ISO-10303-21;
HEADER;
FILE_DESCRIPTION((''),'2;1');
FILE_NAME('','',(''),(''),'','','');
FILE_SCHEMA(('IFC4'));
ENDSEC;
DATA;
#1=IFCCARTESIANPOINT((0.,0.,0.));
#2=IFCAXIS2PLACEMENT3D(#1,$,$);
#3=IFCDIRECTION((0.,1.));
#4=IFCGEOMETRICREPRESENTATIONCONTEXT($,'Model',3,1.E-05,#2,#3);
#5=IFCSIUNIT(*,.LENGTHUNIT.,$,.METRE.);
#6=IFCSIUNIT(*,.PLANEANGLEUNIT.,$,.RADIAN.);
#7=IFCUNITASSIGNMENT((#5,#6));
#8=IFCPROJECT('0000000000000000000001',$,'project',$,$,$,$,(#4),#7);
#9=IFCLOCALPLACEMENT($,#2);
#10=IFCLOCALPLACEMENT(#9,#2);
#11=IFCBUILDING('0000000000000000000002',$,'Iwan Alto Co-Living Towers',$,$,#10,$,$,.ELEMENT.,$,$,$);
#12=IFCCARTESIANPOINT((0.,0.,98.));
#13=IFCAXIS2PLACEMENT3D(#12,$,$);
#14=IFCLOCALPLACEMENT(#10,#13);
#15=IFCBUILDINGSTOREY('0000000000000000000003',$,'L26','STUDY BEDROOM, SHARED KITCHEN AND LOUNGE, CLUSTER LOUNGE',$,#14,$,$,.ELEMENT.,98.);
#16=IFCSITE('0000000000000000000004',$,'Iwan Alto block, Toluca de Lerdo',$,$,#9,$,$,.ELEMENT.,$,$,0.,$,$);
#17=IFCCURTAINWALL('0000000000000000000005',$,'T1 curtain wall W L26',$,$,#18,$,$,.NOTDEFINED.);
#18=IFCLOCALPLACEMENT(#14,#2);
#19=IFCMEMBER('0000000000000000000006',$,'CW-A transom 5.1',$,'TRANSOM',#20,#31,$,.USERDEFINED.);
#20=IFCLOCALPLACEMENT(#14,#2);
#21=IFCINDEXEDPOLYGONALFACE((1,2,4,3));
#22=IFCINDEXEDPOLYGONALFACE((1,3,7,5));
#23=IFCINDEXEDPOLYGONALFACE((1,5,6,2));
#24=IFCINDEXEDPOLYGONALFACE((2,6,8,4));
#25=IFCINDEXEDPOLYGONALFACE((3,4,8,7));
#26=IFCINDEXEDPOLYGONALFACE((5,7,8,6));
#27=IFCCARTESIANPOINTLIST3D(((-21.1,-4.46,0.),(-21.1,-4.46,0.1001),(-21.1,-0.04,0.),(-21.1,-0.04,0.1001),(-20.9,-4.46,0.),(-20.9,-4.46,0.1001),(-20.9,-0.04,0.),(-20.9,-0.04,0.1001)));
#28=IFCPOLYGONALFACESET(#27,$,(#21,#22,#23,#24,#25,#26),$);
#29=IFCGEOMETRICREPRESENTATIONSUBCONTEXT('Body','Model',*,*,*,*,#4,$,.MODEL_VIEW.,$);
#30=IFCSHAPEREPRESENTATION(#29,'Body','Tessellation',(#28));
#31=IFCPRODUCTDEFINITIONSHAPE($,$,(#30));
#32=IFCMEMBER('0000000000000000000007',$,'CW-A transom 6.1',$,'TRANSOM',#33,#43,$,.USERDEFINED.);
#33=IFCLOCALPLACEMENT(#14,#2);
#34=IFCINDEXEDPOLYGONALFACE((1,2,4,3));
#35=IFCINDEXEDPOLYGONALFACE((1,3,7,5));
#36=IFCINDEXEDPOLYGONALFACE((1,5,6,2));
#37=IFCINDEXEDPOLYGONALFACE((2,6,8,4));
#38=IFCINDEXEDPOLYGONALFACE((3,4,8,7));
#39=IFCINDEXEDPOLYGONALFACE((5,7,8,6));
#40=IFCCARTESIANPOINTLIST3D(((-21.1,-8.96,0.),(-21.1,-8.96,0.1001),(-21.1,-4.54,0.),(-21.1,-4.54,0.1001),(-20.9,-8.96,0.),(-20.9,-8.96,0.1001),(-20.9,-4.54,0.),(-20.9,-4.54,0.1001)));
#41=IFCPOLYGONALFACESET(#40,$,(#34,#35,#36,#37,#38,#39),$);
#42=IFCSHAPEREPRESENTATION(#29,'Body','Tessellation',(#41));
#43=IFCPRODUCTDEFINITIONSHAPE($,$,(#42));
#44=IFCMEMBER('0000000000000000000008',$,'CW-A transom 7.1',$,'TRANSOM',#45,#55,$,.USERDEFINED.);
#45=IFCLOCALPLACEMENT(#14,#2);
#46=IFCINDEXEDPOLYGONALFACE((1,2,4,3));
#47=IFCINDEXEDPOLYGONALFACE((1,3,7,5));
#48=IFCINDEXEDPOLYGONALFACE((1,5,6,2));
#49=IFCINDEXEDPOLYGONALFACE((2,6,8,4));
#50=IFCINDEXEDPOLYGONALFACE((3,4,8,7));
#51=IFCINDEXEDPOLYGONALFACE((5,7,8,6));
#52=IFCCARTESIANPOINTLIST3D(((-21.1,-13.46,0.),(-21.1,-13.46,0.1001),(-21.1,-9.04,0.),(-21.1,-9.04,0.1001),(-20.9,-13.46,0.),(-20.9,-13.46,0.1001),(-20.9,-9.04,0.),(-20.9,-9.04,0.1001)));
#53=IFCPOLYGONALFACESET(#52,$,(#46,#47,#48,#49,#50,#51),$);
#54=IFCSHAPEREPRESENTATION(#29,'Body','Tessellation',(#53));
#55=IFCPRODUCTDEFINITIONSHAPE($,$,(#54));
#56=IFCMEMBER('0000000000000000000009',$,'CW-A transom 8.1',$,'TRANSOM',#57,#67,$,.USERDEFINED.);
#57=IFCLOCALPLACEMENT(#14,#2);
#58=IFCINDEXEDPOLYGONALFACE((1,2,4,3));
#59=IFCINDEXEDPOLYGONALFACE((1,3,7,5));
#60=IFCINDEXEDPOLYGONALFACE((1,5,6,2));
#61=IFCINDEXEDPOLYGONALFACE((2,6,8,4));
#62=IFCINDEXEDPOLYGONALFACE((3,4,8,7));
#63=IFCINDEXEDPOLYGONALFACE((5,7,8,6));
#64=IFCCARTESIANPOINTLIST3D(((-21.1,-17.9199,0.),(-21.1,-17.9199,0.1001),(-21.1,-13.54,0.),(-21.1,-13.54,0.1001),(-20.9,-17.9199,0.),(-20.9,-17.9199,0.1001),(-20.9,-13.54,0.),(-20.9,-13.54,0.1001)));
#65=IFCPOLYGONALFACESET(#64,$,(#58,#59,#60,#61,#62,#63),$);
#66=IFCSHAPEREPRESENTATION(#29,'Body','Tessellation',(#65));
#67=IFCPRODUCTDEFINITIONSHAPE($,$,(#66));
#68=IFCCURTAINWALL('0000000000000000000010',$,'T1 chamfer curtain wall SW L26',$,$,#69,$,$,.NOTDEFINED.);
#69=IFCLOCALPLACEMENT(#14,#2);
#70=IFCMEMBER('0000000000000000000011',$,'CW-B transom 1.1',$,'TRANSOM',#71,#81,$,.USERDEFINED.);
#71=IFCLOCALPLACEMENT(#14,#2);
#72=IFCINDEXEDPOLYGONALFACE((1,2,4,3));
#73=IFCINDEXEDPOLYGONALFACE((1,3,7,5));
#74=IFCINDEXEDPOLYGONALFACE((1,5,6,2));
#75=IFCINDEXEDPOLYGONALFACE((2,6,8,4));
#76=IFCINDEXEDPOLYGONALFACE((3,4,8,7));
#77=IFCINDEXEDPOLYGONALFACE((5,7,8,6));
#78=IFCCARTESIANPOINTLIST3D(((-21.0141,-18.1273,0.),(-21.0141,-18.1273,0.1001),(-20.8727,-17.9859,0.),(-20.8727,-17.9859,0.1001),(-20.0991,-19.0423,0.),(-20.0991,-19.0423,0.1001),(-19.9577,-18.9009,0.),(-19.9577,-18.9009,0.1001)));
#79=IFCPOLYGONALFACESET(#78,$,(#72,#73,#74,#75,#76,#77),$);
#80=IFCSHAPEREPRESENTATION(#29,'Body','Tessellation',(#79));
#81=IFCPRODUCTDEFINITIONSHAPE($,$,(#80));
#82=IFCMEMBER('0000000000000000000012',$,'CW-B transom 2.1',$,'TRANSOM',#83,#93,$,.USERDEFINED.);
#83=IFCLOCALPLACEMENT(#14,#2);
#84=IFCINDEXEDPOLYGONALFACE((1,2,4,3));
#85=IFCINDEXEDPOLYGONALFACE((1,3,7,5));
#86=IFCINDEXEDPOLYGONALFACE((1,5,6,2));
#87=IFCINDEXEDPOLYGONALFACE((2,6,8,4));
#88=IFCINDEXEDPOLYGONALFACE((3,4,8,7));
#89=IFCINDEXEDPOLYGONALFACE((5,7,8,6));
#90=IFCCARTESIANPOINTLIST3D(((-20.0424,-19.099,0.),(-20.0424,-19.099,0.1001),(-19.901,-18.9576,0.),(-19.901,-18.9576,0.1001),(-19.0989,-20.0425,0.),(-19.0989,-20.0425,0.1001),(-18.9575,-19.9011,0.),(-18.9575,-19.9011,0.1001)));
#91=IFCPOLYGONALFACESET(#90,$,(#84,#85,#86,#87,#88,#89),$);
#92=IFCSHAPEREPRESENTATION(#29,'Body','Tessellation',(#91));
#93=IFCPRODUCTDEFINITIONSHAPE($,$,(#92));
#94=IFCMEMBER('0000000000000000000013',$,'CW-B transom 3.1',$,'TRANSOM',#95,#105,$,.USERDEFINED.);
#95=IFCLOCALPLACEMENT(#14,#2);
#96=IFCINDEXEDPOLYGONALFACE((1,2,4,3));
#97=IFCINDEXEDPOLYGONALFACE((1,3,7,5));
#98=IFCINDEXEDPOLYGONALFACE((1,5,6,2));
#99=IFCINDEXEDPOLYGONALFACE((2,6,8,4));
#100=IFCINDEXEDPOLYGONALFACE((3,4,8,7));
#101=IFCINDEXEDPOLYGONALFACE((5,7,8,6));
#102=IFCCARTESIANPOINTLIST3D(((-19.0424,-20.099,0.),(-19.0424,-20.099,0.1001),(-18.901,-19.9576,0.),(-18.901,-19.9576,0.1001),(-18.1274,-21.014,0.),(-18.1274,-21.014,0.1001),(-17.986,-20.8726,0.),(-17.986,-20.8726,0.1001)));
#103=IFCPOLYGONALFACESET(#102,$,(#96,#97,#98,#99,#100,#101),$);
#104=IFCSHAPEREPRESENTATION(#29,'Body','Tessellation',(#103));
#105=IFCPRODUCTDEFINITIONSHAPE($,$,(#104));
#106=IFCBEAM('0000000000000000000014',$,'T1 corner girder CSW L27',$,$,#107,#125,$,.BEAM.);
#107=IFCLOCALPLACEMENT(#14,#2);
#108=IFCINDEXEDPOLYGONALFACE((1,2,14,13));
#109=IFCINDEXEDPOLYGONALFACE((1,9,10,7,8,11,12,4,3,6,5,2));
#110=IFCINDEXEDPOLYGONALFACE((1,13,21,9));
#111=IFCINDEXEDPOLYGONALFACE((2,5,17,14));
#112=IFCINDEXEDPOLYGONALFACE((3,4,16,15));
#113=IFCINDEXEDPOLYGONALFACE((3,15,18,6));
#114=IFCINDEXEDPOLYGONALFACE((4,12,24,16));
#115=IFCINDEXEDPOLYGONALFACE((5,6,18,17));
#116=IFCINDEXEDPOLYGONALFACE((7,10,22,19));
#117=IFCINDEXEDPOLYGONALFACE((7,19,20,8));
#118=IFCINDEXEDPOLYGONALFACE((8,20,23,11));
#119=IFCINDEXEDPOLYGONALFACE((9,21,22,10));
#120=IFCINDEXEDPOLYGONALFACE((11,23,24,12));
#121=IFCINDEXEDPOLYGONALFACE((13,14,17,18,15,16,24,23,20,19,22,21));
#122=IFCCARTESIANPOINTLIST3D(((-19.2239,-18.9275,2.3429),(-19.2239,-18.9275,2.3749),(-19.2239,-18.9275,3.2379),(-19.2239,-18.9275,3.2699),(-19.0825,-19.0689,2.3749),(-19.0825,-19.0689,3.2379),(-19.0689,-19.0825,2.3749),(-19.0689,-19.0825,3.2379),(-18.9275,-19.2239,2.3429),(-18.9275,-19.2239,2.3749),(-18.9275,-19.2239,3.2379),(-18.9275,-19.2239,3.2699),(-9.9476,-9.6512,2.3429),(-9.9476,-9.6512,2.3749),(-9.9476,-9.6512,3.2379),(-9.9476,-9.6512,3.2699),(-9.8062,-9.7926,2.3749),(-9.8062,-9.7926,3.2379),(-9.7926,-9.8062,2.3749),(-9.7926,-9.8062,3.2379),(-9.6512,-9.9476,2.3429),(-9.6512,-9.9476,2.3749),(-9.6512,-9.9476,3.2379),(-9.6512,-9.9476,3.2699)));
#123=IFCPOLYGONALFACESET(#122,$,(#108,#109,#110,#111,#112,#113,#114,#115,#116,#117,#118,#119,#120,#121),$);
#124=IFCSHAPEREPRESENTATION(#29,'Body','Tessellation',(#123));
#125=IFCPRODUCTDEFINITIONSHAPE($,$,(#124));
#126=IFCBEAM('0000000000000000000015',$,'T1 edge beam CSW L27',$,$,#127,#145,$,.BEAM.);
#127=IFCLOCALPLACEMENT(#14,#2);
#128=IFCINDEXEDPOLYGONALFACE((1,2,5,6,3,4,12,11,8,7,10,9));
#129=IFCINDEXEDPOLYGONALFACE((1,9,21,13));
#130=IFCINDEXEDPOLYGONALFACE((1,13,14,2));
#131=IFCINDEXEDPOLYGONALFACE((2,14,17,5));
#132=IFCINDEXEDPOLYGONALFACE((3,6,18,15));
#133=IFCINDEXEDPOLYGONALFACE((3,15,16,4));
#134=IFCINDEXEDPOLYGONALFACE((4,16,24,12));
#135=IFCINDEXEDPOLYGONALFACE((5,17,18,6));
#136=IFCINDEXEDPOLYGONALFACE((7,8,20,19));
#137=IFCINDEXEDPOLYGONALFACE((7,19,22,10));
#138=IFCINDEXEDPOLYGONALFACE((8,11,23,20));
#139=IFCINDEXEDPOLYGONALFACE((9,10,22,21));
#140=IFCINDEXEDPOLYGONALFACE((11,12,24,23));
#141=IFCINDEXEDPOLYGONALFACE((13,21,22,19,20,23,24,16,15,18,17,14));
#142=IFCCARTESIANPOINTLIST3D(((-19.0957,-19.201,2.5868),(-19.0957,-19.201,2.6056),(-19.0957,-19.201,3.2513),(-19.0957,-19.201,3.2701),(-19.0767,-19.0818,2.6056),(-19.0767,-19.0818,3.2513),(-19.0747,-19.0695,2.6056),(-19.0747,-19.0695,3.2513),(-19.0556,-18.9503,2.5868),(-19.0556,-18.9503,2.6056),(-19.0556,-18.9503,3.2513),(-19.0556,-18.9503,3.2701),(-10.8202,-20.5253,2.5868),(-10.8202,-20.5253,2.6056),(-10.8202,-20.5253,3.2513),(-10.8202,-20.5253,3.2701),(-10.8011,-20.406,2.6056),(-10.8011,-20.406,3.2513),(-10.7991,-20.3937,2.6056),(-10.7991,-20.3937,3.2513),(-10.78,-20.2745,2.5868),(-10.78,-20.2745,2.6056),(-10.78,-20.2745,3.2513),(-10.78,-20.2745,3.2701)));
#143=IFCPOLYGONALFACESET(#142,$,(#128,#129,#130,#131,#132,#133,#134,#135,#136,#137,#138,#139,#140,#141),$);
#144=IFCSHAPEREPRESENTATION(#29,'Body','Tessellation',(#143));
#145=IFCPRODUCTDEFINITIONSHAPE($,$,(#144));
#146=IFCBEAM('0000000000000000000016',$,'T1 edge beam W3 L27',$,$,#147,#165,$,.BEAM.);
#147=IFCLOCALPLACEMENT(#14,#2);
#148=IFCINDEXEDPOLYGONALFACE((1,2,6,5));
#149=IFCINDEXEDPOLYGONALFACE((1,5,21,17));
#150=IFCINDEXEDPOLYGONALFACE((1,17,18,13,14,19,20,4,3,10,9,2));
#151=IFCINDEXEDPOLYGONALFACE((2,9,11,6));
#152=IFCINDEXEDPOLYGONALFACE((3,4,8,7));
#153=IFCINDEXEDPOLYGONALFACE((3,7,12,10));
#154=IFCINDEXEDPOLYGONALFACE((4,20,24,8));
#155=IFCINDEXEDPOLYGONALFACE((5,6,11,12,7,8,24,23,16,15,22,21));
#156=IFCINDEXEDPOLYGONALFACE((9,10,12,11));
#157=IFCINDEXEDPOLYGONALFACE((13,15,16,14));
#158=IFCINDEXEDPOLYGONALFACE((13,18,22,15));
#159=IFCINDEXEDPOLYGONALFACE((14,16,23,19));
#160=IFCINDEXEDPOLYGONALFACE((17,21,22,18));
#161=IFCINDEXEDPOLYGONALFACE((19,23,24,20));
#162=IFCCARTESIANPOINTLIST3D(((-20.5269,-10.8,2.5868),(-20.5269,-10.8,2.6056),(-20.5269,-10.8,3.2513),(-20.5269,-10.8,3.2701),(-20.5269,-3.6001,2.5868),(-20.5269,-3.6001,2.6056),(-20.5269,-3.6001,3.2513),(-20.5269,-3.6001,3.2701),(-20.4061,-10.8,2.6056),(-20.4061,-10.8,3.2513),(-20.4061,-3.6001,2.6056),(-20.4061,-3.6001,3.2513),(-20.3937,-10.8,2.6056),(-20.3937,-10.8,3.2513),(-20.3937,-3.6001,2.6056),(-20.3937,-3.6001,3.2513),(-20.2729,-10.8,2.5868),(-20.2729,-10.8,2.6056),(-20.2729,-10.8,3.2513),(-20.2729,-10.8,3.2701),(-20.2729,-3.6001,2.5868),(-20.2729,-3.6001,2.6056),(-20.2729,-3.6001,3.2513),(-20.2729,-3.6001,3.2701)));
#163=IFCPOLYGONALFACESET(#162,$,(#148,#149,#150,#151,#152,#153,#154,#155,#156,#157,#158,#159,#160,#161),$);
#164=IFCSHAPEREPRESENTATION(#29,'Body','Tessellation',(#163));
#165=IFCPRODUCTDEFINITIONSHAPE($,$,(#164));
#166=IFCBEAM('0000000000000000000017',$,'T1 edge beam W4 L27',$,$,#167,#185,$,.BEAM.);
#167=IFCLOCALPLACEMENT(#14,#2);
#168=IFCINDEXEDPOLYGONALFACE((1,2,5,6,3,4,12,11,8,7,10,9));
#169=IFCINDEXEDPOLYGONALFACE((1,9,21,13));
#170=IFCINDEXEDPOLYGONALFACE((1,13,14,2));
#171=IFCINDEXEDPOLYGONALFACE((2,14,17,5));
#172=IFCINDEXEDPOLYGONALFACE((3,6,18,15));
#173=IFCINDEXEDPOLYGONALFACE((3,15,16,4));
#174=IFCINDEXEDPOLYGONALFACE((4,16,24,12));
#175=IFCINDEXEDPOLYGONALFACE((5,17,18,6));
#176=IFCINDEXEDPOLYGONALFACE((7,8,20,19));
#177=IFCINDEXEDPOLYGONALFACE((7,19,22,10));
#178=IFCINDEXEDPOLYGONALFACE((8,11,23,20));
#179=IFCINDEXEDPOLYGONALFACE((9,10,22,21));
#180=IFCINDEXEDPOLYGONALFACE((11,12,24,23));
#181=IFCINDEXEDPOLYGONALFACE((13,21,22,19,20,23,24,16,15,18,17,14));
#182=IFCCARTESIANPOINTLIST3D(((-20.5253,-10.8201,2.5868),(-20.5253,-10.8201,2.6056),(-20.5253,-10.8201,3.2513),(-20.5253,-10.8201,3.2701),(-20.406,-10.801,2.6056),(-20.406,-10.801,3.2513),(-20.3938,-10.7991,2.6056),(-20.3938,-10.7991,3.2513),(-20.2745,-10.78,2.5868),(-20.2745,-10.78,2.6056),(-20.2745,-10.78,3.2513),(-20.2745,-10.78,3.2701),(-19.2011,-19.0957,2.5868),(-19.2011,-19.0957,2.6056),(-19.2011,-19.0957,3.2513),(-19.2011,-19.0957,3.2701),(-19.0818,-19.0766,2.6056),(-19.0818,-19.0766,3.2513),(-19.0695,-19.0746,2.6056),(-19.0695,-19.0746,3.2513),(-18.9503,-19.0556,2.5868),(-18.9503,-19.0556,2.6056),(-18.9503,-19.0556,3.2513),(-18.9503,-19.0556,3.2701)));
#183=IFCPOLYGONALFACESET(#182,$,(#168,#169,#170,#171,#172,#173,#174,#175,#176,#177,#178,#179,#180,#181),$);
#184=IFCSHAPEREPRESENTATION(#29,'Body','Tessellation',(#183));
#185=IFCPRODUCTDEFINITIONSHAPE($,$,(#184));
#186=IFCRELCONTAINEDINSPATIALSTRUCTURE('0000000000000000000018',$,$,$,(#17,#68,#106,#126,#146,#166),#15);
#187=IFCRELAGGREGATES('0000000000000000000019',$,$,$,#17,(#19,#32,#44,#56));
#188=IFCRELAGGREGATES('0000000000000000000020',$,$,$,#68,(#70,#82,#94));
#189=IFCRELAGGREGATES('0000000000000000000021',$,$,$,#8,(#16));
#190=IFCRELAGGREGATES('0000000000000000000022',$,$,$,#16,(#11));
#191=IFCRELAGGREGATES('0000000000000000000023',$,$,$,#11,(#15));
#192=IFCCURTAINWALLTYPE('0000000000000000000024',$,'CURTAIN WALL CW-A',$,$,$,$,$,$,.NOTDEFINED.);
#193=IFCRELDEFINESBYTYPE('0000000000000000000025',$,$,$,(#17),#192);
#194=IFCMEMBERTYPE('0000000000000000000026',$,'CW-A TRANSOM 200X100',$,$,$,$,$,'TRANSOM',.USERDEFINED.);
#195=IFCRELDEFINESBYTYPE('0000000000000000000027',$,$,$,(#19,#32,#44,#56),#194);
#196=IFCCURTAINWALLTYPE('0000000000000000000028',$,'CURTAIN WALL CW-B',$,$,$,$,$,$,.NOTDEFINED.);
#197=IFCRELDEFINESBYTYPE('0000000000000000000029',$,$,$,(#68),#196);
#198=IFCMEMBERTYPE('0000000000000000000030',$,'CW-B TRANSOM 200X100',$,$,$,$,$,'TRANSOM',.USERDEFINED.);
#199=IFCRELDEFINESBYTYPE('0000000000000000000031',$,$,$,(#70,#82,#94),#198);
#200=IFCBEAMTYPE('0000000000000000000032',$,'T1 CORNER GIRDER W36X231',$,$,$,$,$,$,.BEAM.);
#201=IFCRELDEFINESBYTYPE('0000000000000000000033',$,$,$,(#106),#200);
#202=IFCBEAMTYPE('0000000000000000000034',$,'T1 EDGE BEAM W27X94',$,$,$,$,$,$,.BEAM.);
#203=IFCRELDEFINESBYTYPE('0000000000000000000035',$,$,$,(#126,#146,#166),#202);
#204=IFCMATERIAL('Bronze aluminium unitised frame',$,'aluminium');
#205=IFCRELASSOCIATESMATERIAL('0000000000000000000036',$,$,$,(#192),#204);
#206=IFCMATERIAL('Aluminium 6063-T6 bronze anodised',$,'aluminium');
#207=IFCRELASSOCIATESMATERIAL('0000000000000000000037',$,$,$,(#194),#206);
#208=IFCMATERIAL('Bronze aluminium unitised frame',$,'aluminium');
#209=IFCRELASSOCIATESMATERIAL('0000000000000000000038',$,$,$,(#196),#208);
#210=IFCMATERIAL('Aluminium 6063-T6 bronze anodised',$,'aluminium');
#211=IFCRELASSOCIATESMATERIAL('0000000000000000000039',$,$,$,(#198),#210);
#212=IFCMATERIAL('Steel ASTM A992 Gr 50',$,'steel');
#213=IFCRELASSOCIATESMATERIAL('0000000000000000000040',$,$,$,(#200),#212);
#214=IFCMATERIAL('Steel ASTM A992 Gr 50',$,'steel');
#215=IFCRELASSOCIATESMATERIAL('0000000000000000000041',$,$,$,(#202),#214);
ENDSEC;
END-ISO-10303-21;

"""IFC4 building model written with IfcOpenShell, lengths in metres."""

from ifc_helpers import new_model, si_unit, direction, frame, origin, origin_2d, place, context, subcontext, project, spatial, rectangle, i_section, extrude, material, material_profile, profile_set, type_object, element, aggregate, save


model = new_model("IFC4")

# Units and contexts
model_context = context("Model", 3, precision=1e-05, world=origin(), true_north=direction((0.0, 1.0)))
body_context = subcontext(model_context, "Body", "Model", "MODEL_VIEW")
ifc_project = project(units=[si_unit("LENGTHUNIT", "METRE"), si_unit("PLANEANGLEUNIT", "RADIAN")], contexts=[model_context])

# Site, building, storey
site_placement = place(None, origin())
site = spatial("IfcSite", under=ifc_project, at=site_placement, Name="Iwan Alto block, Toluca de Lerdo", CompositionType="ELEMENT", RefElevation=0.0)
building_placement = place(site_placement, origin())
building = spatial("IfcBuilding", under=site, at=building_placement, Name="Iwan Alto Co-Living Towers", CompositionType="ELEMENT")
storey_placement = place(building_placement, frame((0.0, 0.0, 98.0)))
storey = spatial("IfcBuildingStorey", under=building, at=storey_placement, Name="L26", Description="STUDY BEDROOM, SHARED KITCHEN AND LOUNGE, CLUSTER LOUNGE", CompositionType="ELEMENT", Elevation=98.0)

# Curtain walls, members
ifc_material_1 = material(Name="Bronze aluminium unitised frame", Category="aluminium")
curtain_wall_type_1 = type_object("IfcCurtainWallType", Name="CURTAIN WALL CW-A", PredefinedType="NOTDEFINED", material=ifc_material_1)
curtain_wall_1_placement = place(storey_placement, origin())
curtain_wall_1 = element("IfcCurtainWall", 1, at=curtain_wall_1_placement, inside=storey, type_object=curtain_wall_type_1, Name="T1 curtain wall W L26", PredefinedType="NOTDEFINED")
ifc_material_2 = material(Name="Aluminium 6063-T6 bronze anodised", Category="aluminium")
ifc_material_profile_1 = material_profile(ifc_material_2, rectangle(XDim=0.2, YDim=0.1001, at=origin_2d()), Name="AL 200X100")
ifc_profile_set_1 = profile_set([ifc_material_profile_1], Name="Aluminium 6063-T6 bronze anodised")
member_type_1 = type_object("IfcMemberType", Name="CW-A TRANSOM 200X100", ElementType="TRANSOM", PredefinedType="USERDEFINED", material=ifc_profile_set_1)
member_1_placement = place(storey_placement, frame((-21.0, -0.04, 0.05), z_axis=(0.0, -1.0, 0.0), x_axis=(1.0, 0.0, 0.0)))
member_1 = element("IfcMember", 2, at=member_1_placement, type_object=member_type_1, Name="CW-A transom 5.1", ObjectType="TRANSOM", PredefinedType="USERDEFINED", context=body_context, shape_type="SweptSolid", body=[
    extrude(rectangle(XDim=0.2, YDim=0.1001, at=origin_2d()), origin(), (0.0, 0.0, 1.0), 4.4199),
])
member_2_placement = place(storey_placement, frame((-21.0, -4.54, 0.05), z_axis=(0.0, -1.0, 0.0), x_axis=(1.0, 0.0, 0.0)))
member_2 = element("IfcMember", 3, at=member_2_placement, type_object=member_type_1, Name="CW-A transom 6.1", ObjectType="TRANSOM", PredefinedType="USERDEFINED", context=body_context, shape_type="SweptSolid", body=[
    extrude(rectangle(XDim=0.2, YDim=0.1001, at=origin_2d()), origin(), (0.0, 0.0, 1.0), 4.4199),
])
member_3_placement = place(storey_placement, frame((-21.0, -9.04, 0.05), z_axis=(0.0, -1.0, 0.0), x_axis=(1.0, 0.0, 0.0)))
member_3 = element("IfcMember", 4, at=member_3_placement, type_object=member_type_1, Name="CW-A transom 7.1", ObjectType="TRANSOM", PredefinedType="USERDEFINED", context=body_context, shape_type="SweptSolid", body=[
    extrude(rectangle(XDim=0.2, YDim=0.1001, at=origin_2d()), origin(), (0.0, 0.0, 1.0), 4.4199),
])
member_4_placement = place(storey_placement, frame((-21.0, -13.54, 0.05), z_axis=(0.0, -1.0, 0.0), x_axis=(1.0, 0.0, 0.0)))
member_4 = element("IfcMember", 5, at=member_4_placement, type_object=member_type_1, Name="CW-A transom 8.1", ObjectType="TRANSOM", PredefinedType="USERDEFINED", context=body_context, shape_type="SweptSolid", body=[
    extrude(rectangle(XDim=0.2, YDim=0.1001, at=origin_2d()), origin(), (0.0, 0.0, 1.0), 4.3799),
])
ifc_material_3 = material(Name="Bronze aluminium unitised frame", Category="aluminium")
curtain_wall_type_2 = type_object("IfcCurtainWallType", Name="CURTAIN WALL CW-B", PredefinedType="NOTDEFINED", material=ifc_material_3)
curtain_wall_2_placement = place(storey_placement, origin())
curtain_wall_2 = element("IfcCurtainWall", 6, at=curtain_wall_2_placement, inside=storey, type_object=curtain_wall_type_2, Name="T1 chamfer curtain wall SW L26", PredefinedType="NOTDEFINED")
ifc_material_4 = material(Name="Aluminium 6063-T6 bronze anodised", Category="aluminium")
ifc_material_profile_2 = material_profile(ifc_material_4, rectangle(XDim=0.2, YDim=0.1001, at=origin_2d()), Name="AL 200X100")
ifc_profile_set_2 = profile_set([ifc_material_profile_2], Name="Aluminium 6063-T6 bronze anodised")
member_type_2 = type_object("IfcMemberType", Name="CW-B TRANSOM 200X100", ElementType="TRANSOM", PredefinedType="USERDEFINED", material=ifc_profile_set_2)
member_5_placement = place(storey_placement, frame((-20.9434, -18.0566, 0.05), z_axis=(0.707107, -0.707107, 0.0), x_axis=(0.707107, 0.707107, 0.0)))
member_5 = element("IfcMember", 7, at=member_5_placement, type_object=member_type_2, Name="CW-B transom 1.1", ObjectType="TRANSOM", PredefinedType="USERDEFINED", context=body_context, shape_type="SweptSolid", body=[
    extrude(rectangle(XDim=0.2, YDim=0.1001, at=origin_2d()), origin(), (0.0, 0.0, 1.0), 1.2939),
])
member_6_placement = place(storey_placement, frame((-19.9717, -19.0283, 0.05), z_axis=(0.707107, -0.707107, 0.0), x_axis=(0.707107, 0.707107, 0.0)))
member_6 = element("IfcMember", 8, at=member_6_placement, type_object=member_type_2, Name="CW-B transom 2.1", ObjectType="TRANSOM", PredefinedType="USERDEFINED", context=body_context, shape_type="SweptSolid", body=[
    extrude(rectangle(XDim=0.2, YDim=0.1001, at=origin_2d()), origin(), (0.0, 0.0, 1.0), 1.3342),
])
member_7_placement = place(storey_placement, frame((-18.9717, -20.0283, 0.05), z_axis=(0.707107, -0.707107, 0.0), x_axis=(0.707107, 0.707107, 0.0)))
member_7 = element("IfcMember", 9, at=member_7_placement, type_object=member_type_2, Name="CW-B transom 3.1", ObjectType="TRANSOM", PredefinedType="USERDEFINED", context=body_context, shape_type="SweptSolid", body=[
    extrude(rectangle(XDim=0.2, YDim=0.1001, at=origin_2d()), origin(), (0.0, 0.0, 1.0), 1.2939),
])

# Beams
ifc_material_5 = material(Name="Steel ASTM A992 Gr 50", Category="steel")
ifc_material_profile_3 = material_profile(ifc_material_5, i_section(OverallWidth=0.4192, OverallDepth=0.927, WebThickness=0.0193, FlangeThickness=0.032, at=origin_2d()), Name="W36X231")
ifc_profile_set_3 = profile_set([ifc_material_profile_3], Name="Steel ASTM A992 Gr 50")
beam_type_1 = type_object("IfcBeamType", Name="T1 CORNER GIRDER W36X231", PredefinedType="BEAM", material=ifc_profile_set_3)
beam_1_placement = place(storey_placement, frame((-19.0757, -19.0757, 2.8064), z_axis=(0.707107, 0.707107, 0.0), x_axis=(-0.707107, 0.707107, 0.0)))
element("IfcBeam", 10, at=beam_1_placement, inside=storey, type_object=beam_type_1, Name="T1 corner girder CSW L27", PredefinedType="BEAM", context=body_context, shape_type="SweptSolid", body=[
    extrude(i_section(OverallWidth=0.4192, OverallDepth=0.927, WebThickness=0.0193, FlangeThickness=0.032, at=origin_2d()), origin(), (0.0, 0.0, 1.0), 13.1187),
])
ifc_material_6 = material(Name="Steel ASTM A992 Gr 50", Category="steel")
ifc_material_profile_4 = material_profile(ifc_material_6, i_section(OverallWidth=0.2539, OverallDepth=0.6833, WebThickness=0.0125, FlangeThickness=0.0188, at=origin_2d()), Name="W27X94")
ifc_profile_set_4 = profile_set([ifc_material_profile_4], Name="Steel ASTM A992 Gr 50")
beam_type_2 = type_object("IfcBeamType", Name="T1 EDGE BEAM W27X94", PredefinedType="BEAM", material=ifc_profile_set_4)
beam_2_placement = place(storey_placement, frame((-19.0757, -19.0757, 2.9285), z_axis=(0.987438, -0.158004, 0.0), x_axis=(0.158004, 0.987438, 0.0)))
element("IfcBeam", 11, at=beam_2_placement, inside=storey, type_object=beam_type_2, Name="T1 edge beam CSW L27", PredefinedType="BEAM", context=body_context, shape_type="SweptSolid", body=[
    extrude(i_section(OverallWidth=0.2539, OverallDepth=0.6833, WebThickness=0.0125, FlangeThickness=0.0188, at=origin_2d()), origin(), (0.0, 0.0, 1.0), 8.3809),
])
beam_3_placement = place(storey_placement, frame((-20.3999, -3.6001, 2.9285), z_axis=(0.0, -1.0, 0.0), x_axis=(1.0, 0.0, 0.0)))
element("IfcBeam", 12, at=beam_3_placement, inside=storey, type_object=beam_type_2, Name="T1 edge beam W3 L27", PredefinedType="BEAM", context=body_context, shape_type="SweptSolid", body=[
    extrude(i_section(OverallWidth=0.2539, OverallDepth=0.6833, WebThickness=0.0125, FlangeThickness=0.0188, at=origin_2d()), origin(), (0.0, 0.0, 1.0), 7.2),
])
beam_4_placement = place(storey_placement, frame((-20.3999, -10.8, 2.9285), z_axis=(0.158004, -0.987438, 0.0), x_axis=(0.987438, 0.158004, 0.0)))
element("IfcBeam", 13, at=beam_4_placement, inside=storey, type_object=beam_type_2, Name="T1 edge beam W4 L27", PredefinedType="BEAM", context=body_context, shape_type="SweptSolid", body=[
    extrude(i_section(OverallWidth=0.2539, OverallDepth=0.6833, WebThickness=0.0125, FlangeThickness=0.0188, at=origin_2d()), origin(), (0.0, 0.0, 1.0), 8.3809),
])

aggregate(curtain_wall_1, [member_1, member_2, member_3, member_4])
aggregate(curtain_wall_2, [member_5, member_6, member_7])

save(model, "model.ifc")
